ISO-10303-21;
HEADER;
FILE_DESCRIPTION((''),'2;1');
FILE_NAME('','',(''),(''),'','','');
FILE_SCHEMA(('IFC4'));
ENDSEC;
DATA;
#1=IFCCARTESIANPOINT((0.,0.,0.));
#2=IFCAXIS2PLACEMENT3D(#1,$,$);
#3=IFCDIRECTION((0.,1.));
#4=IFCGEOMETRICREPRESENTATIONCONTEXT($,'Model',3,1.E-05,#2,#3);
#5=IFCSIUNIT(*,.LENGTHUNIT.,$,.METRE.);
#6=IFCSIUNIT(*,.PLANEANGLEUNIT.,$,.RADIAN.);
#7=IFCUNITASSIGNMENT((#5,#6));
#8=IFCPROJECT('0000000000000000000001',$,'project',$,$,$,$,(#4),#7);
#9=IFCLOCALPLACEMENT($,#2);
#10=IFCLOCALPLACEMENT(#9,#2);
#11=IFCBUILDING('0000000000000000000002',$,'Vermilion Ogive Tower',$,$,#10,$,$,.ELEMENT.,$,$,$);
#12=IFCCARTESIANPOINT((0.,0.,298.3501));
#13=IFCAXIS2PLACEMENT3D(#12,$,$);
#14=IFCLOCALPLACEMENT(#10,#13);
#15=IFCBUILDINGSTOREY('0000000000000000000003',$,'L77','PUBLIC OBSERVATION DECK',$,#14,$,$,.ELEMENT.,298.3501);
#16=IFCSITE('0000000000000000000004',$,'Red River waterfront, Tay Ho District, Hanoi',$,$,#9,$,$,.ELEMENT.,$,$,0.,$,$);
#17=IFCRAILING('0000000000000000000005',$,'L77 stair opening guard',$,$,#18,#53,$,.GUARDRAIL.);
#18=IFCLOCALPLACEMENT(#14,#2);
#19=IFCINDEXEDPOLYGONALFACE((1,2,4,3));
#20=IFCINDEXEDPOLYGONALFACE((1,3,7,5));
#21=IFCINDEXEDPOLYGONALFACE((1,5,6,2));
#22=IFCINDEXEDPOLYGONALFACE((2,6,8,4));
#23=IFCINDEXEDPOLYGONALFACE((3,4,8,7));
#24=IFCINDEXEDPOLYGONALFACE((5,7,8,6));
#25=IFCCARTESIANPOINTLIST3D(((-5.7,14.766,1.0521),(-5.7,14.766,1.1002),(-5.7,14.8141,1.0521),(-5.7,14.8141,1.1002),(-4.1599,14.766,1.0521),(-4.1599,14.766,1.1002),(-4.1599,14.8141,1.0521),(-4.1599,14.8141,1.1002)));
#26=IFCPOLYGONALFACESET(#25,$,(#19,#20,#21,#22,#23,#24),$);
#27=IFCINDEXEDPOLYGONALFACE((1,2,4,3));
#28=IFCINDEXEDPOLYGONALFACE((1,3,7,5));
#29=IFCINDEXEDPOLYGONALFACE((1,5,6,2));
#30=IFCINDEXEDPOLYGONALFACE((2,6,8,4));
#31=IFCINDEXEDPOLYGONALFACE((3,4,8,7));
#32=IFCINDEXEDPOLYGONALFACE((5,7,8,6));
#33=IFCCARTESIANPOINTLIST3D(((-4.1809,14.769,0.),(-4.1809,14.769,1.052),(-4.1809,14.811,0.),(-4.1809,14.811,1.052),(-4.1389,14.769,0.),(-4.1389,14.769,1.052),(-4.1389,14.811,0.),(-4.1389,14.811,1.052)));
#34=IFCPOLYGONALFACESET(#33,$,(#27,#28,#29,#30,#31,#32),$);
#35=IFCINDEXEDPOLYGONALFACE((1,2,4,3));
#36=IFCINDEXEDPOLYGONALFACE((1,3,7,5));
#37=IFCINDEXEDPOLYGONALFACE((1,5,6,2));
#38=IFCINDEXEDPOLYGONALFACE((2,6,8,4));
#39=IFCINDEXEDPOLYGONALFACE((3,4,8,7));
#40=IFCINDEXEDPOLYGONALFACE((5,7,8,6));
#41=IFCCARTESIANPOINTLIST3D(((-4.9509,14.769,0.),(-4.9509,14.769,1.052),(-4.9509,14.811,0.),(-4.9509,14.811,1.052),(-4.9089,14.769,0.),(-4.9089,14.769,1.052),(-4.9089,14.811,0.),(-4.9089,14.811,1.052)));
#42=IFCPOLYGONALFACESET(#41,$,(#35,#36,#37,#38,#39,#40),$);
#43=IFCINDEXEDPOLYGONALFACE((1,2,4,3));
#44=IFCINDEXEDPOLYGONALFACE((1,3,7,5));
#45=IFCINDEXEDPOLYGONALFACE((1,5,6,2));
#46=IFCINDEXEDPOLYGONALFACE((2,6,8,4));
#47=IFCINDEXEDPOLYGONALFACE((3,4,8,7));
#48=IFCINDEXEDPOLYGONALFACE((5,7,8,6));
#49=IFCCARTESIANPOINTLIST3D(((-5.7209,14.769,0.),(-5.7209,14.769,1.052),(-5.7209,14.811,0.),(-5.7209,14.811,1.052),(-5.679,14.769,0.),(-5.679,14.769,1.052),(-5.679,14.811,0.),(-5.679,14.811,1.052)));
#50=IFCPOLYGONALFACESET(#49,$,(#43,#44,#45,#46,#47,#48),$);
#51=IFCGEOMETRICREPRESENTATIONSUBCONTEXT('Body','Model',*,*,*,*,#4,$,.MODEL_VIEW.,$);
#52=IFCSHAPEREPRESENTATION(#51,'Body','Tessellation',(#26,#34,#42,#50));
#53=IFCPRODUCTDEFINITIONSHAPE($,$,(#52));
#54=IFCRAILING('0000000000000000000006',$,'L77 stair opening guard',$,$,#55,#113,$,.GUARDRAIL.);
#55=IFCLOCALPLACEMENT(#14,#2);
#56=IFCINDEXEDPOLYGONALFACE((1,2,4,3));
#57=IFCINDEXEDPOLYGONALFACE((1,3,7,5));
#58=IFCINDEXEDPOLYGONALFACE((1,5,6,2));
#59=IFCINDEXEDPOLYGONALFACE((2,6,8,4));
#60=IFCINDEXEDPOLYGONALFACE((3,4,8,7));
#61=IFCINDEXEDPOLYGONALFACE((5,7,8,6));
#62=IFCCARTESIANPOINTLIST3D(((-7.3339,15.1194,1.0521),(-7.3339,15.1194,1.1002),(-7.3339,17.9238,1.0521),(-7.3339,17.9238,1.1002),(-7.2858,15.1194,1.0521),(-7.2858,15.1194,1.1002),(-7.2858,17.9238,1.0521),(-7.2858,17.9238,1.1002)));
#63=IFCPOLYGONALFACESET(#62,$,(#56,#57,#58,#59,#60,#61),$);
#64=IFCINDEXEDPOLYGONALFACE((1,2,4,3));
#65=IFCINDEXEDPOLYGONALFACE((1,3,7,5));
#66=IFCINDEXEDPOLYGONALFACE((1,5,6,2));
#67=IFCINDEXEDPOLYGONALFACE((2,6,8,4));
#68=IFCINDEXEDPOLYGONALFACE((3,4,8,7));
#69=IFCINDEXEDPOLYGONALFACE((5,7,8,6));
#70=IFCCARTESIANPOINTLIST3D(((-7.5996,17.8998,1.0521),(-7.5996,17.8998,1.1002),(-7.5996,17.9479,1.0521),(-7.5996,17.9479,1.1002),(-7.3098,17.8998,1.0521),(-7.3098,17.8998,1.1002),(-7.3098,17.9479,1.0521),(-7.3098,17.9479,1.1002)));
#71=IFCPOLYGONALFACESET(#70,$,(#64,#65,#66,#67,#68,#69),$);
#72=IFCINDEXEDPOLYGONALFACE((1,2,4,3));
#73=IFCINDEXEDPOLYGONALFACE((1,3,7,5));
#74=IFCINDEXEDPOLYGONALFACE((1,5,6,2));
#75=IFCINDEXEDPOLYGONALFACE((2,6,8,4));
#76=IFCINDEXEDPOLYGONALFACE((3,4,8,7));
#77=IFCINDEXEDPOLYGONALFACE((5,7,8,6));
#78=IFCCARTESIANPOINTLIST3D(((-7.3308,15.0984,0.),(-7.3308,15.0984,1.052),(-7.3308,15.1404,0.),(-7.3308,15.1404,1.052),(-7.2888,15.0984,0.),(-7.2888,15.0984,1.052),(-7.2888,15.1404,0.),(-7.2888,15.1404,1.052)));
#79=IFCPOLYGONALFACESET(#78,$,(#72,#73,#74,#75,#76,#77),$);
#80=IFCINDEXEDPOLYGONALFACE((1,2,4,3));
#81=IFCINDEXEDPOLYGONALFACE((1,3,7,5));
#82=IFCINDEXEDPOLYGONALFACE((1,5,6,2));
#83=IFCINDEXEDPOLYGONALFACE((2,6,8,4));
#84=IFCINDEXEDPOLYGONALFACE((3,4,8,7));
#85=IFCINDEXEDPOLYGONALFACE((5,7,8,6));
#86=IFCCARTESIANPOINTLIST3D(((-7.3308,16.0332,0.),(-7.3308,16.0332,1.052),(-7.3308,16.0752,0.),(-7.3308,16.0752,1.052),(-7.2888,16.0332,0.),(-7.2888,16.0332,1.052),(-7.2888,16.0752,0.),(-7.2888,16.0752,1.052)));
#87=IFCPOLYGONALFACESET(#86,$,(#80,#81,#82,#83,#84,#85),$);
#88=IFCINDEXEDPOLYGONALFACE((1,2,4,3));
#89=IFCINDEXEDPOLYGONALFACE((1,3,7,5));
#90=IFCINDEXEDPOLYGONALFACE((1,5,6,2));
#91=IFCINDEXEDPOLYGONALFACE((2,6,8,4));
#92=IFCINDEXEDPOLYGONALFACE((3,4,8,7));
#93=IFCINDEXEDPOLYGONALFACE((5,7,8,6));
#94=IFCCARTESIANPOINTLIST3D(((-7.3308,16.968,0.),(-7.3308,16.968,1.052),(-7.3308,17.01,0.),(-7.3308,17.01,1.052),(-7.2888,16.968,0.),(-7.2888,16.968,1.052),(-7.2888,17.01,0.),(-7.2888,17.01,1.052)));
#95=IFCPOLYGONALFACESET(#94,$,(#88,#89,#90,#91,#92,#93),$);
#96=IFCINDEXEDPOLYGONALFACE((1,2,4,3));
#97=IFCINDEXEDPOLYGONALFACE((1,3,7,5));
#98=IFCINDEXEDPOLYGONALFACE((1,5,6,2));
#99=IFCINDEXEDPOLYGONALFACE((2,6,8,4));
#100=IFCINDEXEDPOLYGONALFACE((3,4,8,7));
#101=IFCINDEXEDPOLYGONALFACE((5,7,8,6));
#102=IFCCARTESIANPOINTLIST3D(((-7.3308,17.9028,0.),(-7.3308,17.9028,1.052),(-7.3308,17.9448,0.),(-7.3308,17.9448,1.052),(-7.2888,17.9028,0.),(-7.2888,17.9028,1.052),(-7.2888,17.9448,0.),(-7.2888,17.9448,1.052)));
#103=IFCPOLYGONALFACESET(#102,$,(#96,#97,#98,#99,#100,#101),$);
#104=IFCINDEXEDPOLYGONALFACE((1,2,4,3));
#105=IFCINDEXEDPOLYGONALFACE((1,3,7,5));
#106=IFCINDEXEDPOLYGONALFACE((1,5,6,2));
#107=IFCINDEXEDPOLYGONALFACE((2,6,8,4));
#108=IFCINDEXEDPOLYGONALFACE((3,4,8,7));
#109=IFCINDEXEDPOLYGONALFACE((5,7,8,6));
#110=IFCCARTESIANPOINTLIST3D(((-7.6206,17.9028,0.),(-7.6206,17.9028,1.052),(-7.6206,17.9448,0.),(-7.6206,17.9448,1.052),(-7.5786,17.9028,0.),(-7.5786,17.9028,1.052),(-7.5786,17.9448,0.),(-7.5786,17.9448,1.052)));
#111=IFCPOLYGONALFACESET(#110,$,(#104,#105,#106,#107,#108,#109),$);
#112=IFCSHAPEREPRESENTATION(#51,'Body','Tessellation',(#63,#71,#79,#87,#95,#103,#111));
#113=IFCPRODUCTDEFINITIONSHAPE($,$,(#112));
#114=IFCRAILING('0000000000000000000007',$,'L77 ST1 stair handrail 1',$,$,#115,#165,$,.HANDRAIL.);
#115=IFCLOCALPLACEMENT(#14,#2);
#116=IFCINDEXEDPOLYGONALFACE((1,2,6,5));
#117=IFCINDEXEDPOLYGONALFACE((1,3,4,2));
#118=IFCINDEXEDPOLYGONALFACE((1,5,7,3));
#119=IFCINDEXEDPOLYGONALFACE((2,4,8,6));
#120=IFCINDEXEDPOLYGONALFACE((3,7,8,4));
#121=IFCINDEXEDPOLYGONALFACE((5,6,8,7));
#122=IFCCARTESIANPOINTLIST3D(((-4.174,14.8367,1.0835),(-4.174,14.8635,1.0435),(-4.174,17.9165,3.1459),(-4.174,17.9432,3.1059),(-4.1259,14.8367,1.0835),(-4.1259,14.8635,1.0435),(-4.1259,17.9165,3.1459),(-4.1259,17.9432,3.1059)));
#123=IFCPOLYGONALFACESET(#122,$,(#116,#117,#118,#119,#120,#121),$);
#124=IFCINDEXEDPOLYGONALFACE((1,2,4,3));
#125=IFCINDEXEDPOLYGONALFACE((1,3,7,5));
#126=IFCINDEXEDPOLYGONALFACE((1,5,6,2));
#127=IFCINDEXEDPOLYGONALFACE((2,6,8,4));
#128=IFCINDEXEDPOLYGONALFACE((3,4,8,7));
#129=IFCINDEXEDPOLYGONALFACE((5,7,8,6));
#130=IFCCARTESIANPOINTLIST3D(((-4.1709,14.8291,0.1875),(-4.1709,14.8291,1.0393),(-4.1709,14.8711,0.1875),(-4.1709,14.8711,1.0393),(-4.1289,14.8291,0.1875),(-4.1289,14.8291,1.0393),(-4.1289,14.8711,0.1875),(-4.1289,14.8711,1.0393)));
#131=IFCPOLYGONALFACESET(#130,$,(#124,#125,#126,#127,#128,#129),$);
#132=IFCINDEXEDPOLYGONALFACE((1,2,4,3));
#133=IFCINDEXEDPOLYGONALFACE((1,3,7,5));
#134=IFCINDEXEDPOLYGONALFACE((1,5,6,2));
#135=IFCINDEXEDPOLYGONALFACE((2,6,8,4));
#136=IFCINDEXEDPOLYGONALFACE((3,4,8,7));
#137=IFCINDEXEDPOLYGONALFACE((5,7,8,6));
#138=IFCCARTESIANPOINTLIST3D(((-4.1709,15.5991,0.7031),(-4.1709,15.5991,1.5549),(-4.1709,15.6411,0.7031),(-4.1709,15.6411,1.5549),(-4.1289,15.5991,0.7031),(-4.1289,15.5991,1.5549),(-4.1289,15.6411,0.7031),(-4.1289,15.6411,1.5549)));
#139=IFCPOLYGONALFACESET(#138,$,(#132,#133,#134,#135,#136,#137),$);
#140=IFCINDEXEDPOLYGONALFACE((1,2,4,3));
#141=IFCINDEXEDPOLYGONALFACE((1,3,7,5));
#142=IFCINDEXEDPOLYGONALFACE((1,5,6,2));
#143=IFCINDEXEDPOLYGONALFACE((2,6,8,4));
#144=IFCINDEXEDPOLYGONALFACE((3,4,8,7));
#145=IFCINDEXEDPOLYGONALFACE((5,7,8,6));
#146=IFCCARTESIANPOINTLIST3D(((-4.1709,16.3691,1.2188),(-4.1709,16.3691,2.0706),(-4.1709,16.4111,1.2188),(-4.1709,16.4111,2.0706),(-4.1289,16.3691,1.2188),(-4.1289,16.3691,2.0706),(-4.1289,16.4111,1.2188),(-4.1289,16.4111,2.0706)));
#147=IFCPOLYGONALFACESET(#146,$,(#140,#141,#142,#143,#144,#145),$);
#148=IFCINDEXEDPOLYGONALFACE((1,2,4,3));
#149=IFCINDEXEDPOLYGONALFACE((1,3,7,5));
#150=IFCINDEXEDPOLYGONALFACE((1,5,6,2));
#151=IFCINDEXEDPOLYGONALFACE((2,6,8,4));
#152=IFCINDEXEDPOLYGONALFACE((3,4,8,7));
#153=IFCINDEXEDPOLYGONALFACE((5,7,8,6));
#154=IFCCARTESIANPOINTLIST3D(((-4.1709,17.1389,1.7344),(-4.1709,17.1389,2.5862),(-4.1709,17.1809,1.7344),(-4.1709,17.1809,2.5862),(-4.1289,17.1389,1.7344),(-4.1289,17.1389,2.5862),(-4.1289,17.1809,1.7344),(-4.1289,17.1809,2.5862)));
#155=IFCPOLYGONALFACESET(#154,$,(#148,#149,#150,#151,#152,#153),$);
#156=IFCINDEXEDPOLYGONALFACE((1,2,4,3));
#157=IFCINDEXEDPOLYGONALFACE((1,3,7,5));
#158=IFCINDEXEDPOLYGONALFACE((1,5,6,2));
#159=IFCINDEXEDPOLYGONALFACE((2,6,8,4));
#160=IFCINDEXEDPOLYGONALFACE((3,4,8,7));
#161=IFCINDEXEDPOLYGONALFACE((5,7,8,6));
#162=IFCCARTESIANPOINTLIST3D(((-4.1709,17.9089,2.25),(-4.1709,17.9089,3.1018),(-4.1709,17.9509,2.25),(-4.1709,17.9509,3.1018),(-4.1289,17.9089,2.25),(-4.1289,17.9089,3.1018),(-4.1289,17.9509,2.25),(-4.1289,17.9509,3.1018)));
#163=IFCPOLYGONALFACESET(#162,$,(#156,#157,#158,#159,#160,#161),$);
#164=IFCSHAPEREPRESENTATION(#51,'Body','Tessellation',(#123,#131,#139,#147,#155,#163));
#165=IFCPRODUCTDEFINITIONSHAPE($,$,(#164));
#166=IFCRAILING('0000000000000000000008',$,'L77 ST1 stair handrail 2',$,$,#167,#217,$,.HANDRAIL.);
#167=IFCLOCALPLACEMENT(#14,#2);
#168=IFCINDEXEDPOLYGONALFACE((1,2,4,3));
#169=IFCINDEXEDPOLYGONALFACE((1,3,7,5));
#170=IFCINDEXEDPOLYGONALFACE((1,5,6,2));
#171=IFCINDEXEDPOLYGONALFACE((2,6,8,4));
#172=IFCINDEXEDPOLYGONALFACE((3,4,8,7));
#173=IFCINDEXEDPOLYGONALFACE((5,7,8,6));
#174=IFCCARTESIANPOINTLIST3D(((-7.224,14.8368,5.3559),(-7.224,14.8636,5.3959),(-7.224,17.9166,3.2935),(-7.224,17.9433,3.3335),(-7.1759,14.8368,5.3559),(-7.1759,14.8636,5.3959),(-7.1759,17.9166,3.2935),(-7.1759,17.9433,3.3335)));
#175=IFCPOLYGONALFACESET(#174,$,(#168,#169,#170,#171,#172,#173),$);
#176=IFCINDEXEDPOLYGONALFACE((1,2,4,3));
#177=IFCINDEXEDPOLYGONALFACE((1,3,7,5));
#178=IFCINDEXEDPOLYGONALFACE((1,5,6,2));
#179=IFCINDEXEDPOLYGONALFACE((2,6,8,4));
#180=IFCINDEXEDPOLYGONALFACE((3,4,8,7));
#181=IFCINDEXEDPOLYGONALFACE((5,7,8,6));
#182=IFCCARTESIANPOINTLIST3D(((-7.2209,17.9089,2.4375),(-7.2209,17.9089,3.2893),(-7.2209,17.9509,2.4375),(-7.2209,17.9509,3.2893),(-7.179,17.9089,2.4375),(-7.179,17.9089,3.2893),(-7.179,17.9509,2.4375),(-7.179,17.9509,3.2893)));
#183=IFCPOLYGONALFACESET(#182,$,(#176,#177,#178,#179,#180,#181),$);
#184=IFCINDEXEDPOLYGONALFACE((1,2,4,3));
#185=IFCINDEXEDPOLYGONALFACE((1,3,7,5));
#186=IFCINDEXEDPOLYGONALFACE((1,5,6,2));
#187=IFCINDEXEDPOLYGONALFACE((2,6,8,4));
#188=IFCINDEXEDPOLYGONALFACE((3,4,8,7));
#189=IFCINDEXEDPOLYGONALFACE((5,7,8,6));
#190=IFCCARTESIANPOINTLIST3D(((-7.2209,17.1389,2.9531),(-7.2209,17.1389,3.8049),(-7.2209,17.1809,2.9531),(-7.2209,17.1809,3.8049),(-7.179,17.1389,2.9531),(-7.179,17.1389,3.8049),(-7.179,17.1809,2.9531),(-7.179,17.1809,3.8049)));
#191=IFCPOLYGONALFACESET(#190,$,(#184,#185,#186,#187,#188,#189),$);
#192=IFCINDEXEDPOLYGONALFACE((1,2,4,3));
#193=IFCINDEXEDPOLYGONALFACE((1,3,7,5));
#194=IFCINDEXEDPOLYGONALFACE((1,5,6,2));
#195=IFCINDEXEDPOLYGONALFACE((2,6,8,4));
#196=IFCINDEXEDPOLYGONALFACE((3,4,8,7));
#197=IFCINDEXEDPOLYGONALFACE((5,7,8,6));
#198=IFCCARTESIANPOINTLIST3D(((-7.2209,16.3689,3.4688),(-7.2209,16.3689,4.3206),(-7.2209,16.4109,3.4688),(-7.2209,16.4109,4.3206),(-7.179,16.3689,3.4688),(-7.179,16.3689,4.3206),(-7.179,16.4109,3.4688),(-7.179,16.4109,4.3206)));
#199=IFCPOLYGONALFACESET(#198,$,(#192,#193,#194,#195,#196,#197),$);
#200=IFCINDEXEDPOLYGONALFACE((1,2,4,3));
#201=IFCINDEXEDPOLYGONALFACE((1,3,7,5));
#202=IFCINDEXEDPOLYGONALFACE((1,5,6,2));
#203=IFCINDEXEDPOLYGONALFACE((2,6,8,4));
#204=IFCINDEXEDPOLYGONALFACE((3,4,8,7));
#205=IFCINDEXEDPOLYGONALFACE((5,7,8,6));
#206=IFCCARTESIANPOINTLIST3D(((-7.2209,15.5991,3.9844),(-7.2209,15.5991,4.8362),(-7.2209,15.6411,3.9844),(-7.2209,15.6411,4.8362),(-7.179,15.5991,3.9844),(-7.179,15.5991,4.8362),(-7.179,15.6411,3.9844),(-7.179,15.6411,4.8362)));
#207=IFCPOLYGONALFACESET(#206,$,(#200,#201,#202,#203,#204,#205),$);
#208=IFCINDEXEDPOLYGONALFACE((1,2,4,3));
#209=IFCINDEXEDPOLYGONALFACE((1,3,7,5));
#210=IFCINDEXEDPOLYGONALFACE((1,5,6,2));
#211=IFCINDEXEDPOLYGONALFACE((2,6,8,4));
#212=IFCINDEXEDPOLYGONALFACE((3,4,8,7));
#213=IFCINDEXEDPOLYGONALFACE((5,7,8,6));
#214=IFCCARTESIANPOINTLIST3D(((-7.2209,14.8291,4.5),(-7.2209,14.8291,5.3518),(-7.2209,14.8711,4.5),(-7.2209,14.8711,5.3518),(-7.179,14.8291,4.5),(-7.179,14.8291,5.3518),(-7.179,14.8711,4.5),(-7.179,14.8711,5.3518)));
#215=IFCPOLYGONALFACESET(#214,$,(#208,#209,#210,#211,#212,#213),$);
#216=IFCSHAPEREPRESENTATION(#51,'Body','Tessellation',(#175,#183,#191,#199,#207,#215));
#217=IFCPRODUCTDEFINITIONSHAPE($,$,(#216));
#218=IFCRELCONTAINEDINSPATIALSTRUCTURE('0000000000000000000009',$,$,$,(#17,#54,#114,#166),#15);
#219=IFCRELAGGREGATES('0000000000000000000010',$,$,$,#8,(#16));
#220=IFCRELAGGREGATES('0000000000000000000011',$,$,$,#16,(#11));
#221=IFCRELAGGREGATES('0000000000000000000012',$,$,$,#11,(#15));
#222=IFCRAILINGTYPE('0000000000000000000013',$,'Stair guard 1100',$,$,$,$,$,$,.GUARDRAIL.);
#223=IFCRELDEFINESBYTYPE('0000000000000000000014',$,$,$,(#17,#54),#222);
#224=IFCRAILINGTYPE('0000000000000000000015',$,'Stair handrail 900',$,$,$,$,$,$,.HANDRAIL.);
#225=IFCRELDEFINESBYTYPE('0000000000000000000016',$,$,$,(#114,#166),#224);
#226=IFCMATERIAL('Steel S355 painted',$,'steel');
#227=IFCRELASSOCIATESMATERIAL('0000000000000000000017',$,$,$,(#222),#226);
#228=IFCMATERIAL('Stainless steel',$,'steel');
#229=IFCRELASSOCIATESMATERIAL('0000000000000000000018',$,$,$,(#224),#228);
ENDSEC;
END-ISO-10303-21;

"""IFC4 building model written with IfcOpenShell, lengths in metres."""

from ifc_helpers import new_model, si_unit, direction, frame, origin, origin_2d, place, context, subcontext, project, spatial, rectangle, extrude, material, type_object, element, save


model = new_model("IFC4")

# Units and contexts
model_context = context("Model", 3, precision=1e-05, world=origin(), true_north=direction((0.0, 1.0)))
body_context = subcontext(model_context, "Body", "Model", "MODEL_VIEW")
ifc_project = project(units=[si_unit("LENGTHUNIT", "METRE"), si_unit("PLANEANGLEUNIT", "RADIAN")], contexts=[model_context])

# Site, building, storey
site_placement = place(None, origin())
site = spatial("IfcSite", under=ifc_project, at=site_placement, Name="Red River waterfront, Tay Ho District, Hanoi", CompositionType="ELEMENT", RefElevation=0.0)
building_placement = place(site_placement, origin())
building = spatial("IfcBuilding", under=site, at=building_placement, Name="Vermilion Ogive Tower", CompositionType="ELEMENT")
storey_placement = place(building_placement, frame((0.0, 0.0, 298.3501)))
storey = spatial("IfcBuildingStorey", under=building, at=storey_placement, Name="L77", Description="PUBLIC OBSERVATION DECK", CompositionType="ELEMENT", Elevation=298.3501)

# Railings
ifc_material_1 = material(Name="Steel S355 painted", Category="steel")
railing_type_1 = type_object("IfcRailingType", Name="Stair guard 1100", PredefinedType="GUARDRAIL", material=ifc_material_1)
railing_1_placement = place(storey_placement, frame((-4.1599, 14.79, 0.0)))
element("IfcRailing", 1, at=railing_1_placement, inside=storey, type_object=railing_type_1, Name="L77 stair opening guard", PredefinedType="GUARDRAIL", context=body_context, shape_type="SweptSolid", body=[
    extrude(rectangle(XDim=0.0481, YDim=0.0481, at=origin_2d()), frame((0.0, 0.0, 1.0762), z_axis=(-1.0, 0.0, 0.0), x_axis=(0.0, -1.0, 0.0)), (0.0, 0.0, 1.0), 1.54),
    extrude(rectangle(XDim=0.042, YDim=0.042, at=origin_2d()), origin(), (0.0, 0.0, 1.0), 1.052),
    extrude(rectangle(XDim=0.042, YDim=0.042, at=origin_2d()), frame((-0.77, 0.0, 0.0)), (0.0, 0.0, 1.0), 1.052),
    extrude(rectangle(XDim=0.042, YDim=0.042, at=origin_2d()), frame((-1.54, 0.0, 0.0)), (0.0, 0.0, 1.0), 1.052),
])
railing_2_placement = place(storey_placement, frame((-7.3098, 15.1194, 0.0)))
element("IfcRailing", 2, at=railing_2_placement, inside=storey, type_object=railing_type_1, Name="L77 stair opening guard", PredefinedType="GUARDRAIL", context=body_context, shape_type="SweptSolid", body=[
    extrude(rectangle(XDim=0.0481, YDim=0.0481, at=origin_2d()), frame((0.0, 0.0, 1.0762), z_axis=(0.0, 1.0, 0.0), x_axis=(-1.0, 0.0, 0.0)), (0.0, 0.0, 1.0), 2.8044),
    extrude(rectangle(XDim=0.0481, YDim=0.0481, at=origin_2d()), frame((0.0, 2.8044, 1.0762), z_axis=(-1.0, 0.0, 0.0), x_axis=(0.0, -1.0, 0.0)), (0.0, 0.0, 1.0), 0.2898),
    extrude(rectangle(XDim=0.042, YDim=0.042, at=origin_2d()), origin(), (0.0, 0.0, 1.0), 1.052),
    extrude(rectangle(XDim=0.042, YDim=0.042, at=origin_2d()), frame((0.0, 0.9348, 0.0)), (0.0, 0.0, 1.0), 1.052),
    extrude(rectangle(XDim=0.042, YDim=0.042, at=origin_2d()), frame((0.0, 1.8696, 0.0)), (0.0, 0.0, 1.0), 1.052),
    extrude(rectangle(XDim=0.042, YDim=0.042, at=origin_2d()), frame((0.0, 2.8044, 0.0)), (0.0, 0.0, 1.0), 1.052),
    extrude(rectangle(XDim=0.042, YDim=0.042, at=origin_2d()), frame((-0.2898, 2.8044, 0.0)), (0.0, 0.0, 1.0), 1.052),
])
ifc_material_2 = material(Name="Stainless steel", Category="steel")
railing_type_2 = type_object("IfcRailingType", Name="Stair handrail 900", PredefinedType="HANDRAIL", material=ifc_material_2)
railing_3_placement = place(storey_placement, frame((-4.1499, 14.8501, 0.1875)))
element("IfcRailing", 3, at=railing_3_placement, inside=storey, type_object=railing_type_2, Name="L77 ST1 stair handrail 1", PredefinedType="HANDRAIL", context=body_context, shape_type="SweptSolid", body=[
    extrude(rectangle(XDim=0.0481, YDim=0.0481, at=origin_2d()), frame((0.0, 0.0, 0.876), z_axis=(0.0, 0.830893, 0.556432), x_axis=(-1.0, 0.0, 0.0)), (0.0, 0.0, 1.0), 3.7065),
    extrude(rectangle(XDim=0.042, YDim=0.042, at=origin_2d()), origin(), (0.0, 0.0, 1.0), 0.8518),
    extrude(rectangle(XDim=0.042, YDim=0.042, at=origin_2d()), frame((0.0, 0.77, 0.5156)), (0.0, 0.0, 1.0), 0.8518),
    extrude(rectangle(XDim=0.042, YDim=0.042, at=origin_2d()), frame((0.0, 1.54, 1.0312)), (0.0, 0.0, 1.0), 0.8518),
    extrude(rectangle(XDim=0.042, YDim=0.042, at=origin_2d()), frame((0.0, 2.3098, 1.5469)), (0.0, 0.0, 1.0), 0.8518),
    extrude(rectangle(XDim=0.042, YDim=0.042, at=origin_2d()), frame((0.0, 3.0798, 2.0625)), (0.0, 0.0, 1.0), 0.8518),
])
railing_4_placement = place(storey_placement, frame((-7.2, 17.9299, 2.4375)))
element("IfcRailing", 4, at=railing_4_placement, inside=storey, type_object=railing_type_2, Name="L77 ST1 stair handrail 2", PredefinedType="HANDRAIL", context=body_context, shape_type="SweptSolid", body=[
    extrude(rectangle(XDim=0.0481, YDim=0.0481, at=origin_2d()), frame((0.0, 0.0, 0.876), z_axis=(0.0, -0.830893, 0.556432), x_axis=(1.0, 0.0, 0.0)), (0.0, 0.0, 1.0), 3.7065),
    extrude(rectangle(XDim=0.042, YDim=0.042, at=origin_2d()), origin(), (0.0, 0.0, 1.0), 0.8518),
    extrude(rectangle(XDim=0.042, YDim=0.042, at=origin_2d()), frame((0.0, -0.77, 0.5156)), (0.0, 0.0, 1.0), 0.8518),
    extrude(rectangle(XDim=0.042, YDim=0.042, at=origin_2d()), frame((0.0, -1.54, 1.0312)), (0.0, 0.0, 1.0), 0.8518),
    extrude(rectangle(XDim=0.042, YDim=0.042, at=origin_2d()), frame((0.0, -2.3098, 1.5469)), (0.0, 0.0, 1.0), 0.8518),
    extrude(rectangle(XDim=0.042, YDim=0.042, at=origin_2d()), frame((0.0, -3.0798, 2.0625)), (0.0, 0.0, 1.0), 0.8518),
])

save(model, "model.ifc")
